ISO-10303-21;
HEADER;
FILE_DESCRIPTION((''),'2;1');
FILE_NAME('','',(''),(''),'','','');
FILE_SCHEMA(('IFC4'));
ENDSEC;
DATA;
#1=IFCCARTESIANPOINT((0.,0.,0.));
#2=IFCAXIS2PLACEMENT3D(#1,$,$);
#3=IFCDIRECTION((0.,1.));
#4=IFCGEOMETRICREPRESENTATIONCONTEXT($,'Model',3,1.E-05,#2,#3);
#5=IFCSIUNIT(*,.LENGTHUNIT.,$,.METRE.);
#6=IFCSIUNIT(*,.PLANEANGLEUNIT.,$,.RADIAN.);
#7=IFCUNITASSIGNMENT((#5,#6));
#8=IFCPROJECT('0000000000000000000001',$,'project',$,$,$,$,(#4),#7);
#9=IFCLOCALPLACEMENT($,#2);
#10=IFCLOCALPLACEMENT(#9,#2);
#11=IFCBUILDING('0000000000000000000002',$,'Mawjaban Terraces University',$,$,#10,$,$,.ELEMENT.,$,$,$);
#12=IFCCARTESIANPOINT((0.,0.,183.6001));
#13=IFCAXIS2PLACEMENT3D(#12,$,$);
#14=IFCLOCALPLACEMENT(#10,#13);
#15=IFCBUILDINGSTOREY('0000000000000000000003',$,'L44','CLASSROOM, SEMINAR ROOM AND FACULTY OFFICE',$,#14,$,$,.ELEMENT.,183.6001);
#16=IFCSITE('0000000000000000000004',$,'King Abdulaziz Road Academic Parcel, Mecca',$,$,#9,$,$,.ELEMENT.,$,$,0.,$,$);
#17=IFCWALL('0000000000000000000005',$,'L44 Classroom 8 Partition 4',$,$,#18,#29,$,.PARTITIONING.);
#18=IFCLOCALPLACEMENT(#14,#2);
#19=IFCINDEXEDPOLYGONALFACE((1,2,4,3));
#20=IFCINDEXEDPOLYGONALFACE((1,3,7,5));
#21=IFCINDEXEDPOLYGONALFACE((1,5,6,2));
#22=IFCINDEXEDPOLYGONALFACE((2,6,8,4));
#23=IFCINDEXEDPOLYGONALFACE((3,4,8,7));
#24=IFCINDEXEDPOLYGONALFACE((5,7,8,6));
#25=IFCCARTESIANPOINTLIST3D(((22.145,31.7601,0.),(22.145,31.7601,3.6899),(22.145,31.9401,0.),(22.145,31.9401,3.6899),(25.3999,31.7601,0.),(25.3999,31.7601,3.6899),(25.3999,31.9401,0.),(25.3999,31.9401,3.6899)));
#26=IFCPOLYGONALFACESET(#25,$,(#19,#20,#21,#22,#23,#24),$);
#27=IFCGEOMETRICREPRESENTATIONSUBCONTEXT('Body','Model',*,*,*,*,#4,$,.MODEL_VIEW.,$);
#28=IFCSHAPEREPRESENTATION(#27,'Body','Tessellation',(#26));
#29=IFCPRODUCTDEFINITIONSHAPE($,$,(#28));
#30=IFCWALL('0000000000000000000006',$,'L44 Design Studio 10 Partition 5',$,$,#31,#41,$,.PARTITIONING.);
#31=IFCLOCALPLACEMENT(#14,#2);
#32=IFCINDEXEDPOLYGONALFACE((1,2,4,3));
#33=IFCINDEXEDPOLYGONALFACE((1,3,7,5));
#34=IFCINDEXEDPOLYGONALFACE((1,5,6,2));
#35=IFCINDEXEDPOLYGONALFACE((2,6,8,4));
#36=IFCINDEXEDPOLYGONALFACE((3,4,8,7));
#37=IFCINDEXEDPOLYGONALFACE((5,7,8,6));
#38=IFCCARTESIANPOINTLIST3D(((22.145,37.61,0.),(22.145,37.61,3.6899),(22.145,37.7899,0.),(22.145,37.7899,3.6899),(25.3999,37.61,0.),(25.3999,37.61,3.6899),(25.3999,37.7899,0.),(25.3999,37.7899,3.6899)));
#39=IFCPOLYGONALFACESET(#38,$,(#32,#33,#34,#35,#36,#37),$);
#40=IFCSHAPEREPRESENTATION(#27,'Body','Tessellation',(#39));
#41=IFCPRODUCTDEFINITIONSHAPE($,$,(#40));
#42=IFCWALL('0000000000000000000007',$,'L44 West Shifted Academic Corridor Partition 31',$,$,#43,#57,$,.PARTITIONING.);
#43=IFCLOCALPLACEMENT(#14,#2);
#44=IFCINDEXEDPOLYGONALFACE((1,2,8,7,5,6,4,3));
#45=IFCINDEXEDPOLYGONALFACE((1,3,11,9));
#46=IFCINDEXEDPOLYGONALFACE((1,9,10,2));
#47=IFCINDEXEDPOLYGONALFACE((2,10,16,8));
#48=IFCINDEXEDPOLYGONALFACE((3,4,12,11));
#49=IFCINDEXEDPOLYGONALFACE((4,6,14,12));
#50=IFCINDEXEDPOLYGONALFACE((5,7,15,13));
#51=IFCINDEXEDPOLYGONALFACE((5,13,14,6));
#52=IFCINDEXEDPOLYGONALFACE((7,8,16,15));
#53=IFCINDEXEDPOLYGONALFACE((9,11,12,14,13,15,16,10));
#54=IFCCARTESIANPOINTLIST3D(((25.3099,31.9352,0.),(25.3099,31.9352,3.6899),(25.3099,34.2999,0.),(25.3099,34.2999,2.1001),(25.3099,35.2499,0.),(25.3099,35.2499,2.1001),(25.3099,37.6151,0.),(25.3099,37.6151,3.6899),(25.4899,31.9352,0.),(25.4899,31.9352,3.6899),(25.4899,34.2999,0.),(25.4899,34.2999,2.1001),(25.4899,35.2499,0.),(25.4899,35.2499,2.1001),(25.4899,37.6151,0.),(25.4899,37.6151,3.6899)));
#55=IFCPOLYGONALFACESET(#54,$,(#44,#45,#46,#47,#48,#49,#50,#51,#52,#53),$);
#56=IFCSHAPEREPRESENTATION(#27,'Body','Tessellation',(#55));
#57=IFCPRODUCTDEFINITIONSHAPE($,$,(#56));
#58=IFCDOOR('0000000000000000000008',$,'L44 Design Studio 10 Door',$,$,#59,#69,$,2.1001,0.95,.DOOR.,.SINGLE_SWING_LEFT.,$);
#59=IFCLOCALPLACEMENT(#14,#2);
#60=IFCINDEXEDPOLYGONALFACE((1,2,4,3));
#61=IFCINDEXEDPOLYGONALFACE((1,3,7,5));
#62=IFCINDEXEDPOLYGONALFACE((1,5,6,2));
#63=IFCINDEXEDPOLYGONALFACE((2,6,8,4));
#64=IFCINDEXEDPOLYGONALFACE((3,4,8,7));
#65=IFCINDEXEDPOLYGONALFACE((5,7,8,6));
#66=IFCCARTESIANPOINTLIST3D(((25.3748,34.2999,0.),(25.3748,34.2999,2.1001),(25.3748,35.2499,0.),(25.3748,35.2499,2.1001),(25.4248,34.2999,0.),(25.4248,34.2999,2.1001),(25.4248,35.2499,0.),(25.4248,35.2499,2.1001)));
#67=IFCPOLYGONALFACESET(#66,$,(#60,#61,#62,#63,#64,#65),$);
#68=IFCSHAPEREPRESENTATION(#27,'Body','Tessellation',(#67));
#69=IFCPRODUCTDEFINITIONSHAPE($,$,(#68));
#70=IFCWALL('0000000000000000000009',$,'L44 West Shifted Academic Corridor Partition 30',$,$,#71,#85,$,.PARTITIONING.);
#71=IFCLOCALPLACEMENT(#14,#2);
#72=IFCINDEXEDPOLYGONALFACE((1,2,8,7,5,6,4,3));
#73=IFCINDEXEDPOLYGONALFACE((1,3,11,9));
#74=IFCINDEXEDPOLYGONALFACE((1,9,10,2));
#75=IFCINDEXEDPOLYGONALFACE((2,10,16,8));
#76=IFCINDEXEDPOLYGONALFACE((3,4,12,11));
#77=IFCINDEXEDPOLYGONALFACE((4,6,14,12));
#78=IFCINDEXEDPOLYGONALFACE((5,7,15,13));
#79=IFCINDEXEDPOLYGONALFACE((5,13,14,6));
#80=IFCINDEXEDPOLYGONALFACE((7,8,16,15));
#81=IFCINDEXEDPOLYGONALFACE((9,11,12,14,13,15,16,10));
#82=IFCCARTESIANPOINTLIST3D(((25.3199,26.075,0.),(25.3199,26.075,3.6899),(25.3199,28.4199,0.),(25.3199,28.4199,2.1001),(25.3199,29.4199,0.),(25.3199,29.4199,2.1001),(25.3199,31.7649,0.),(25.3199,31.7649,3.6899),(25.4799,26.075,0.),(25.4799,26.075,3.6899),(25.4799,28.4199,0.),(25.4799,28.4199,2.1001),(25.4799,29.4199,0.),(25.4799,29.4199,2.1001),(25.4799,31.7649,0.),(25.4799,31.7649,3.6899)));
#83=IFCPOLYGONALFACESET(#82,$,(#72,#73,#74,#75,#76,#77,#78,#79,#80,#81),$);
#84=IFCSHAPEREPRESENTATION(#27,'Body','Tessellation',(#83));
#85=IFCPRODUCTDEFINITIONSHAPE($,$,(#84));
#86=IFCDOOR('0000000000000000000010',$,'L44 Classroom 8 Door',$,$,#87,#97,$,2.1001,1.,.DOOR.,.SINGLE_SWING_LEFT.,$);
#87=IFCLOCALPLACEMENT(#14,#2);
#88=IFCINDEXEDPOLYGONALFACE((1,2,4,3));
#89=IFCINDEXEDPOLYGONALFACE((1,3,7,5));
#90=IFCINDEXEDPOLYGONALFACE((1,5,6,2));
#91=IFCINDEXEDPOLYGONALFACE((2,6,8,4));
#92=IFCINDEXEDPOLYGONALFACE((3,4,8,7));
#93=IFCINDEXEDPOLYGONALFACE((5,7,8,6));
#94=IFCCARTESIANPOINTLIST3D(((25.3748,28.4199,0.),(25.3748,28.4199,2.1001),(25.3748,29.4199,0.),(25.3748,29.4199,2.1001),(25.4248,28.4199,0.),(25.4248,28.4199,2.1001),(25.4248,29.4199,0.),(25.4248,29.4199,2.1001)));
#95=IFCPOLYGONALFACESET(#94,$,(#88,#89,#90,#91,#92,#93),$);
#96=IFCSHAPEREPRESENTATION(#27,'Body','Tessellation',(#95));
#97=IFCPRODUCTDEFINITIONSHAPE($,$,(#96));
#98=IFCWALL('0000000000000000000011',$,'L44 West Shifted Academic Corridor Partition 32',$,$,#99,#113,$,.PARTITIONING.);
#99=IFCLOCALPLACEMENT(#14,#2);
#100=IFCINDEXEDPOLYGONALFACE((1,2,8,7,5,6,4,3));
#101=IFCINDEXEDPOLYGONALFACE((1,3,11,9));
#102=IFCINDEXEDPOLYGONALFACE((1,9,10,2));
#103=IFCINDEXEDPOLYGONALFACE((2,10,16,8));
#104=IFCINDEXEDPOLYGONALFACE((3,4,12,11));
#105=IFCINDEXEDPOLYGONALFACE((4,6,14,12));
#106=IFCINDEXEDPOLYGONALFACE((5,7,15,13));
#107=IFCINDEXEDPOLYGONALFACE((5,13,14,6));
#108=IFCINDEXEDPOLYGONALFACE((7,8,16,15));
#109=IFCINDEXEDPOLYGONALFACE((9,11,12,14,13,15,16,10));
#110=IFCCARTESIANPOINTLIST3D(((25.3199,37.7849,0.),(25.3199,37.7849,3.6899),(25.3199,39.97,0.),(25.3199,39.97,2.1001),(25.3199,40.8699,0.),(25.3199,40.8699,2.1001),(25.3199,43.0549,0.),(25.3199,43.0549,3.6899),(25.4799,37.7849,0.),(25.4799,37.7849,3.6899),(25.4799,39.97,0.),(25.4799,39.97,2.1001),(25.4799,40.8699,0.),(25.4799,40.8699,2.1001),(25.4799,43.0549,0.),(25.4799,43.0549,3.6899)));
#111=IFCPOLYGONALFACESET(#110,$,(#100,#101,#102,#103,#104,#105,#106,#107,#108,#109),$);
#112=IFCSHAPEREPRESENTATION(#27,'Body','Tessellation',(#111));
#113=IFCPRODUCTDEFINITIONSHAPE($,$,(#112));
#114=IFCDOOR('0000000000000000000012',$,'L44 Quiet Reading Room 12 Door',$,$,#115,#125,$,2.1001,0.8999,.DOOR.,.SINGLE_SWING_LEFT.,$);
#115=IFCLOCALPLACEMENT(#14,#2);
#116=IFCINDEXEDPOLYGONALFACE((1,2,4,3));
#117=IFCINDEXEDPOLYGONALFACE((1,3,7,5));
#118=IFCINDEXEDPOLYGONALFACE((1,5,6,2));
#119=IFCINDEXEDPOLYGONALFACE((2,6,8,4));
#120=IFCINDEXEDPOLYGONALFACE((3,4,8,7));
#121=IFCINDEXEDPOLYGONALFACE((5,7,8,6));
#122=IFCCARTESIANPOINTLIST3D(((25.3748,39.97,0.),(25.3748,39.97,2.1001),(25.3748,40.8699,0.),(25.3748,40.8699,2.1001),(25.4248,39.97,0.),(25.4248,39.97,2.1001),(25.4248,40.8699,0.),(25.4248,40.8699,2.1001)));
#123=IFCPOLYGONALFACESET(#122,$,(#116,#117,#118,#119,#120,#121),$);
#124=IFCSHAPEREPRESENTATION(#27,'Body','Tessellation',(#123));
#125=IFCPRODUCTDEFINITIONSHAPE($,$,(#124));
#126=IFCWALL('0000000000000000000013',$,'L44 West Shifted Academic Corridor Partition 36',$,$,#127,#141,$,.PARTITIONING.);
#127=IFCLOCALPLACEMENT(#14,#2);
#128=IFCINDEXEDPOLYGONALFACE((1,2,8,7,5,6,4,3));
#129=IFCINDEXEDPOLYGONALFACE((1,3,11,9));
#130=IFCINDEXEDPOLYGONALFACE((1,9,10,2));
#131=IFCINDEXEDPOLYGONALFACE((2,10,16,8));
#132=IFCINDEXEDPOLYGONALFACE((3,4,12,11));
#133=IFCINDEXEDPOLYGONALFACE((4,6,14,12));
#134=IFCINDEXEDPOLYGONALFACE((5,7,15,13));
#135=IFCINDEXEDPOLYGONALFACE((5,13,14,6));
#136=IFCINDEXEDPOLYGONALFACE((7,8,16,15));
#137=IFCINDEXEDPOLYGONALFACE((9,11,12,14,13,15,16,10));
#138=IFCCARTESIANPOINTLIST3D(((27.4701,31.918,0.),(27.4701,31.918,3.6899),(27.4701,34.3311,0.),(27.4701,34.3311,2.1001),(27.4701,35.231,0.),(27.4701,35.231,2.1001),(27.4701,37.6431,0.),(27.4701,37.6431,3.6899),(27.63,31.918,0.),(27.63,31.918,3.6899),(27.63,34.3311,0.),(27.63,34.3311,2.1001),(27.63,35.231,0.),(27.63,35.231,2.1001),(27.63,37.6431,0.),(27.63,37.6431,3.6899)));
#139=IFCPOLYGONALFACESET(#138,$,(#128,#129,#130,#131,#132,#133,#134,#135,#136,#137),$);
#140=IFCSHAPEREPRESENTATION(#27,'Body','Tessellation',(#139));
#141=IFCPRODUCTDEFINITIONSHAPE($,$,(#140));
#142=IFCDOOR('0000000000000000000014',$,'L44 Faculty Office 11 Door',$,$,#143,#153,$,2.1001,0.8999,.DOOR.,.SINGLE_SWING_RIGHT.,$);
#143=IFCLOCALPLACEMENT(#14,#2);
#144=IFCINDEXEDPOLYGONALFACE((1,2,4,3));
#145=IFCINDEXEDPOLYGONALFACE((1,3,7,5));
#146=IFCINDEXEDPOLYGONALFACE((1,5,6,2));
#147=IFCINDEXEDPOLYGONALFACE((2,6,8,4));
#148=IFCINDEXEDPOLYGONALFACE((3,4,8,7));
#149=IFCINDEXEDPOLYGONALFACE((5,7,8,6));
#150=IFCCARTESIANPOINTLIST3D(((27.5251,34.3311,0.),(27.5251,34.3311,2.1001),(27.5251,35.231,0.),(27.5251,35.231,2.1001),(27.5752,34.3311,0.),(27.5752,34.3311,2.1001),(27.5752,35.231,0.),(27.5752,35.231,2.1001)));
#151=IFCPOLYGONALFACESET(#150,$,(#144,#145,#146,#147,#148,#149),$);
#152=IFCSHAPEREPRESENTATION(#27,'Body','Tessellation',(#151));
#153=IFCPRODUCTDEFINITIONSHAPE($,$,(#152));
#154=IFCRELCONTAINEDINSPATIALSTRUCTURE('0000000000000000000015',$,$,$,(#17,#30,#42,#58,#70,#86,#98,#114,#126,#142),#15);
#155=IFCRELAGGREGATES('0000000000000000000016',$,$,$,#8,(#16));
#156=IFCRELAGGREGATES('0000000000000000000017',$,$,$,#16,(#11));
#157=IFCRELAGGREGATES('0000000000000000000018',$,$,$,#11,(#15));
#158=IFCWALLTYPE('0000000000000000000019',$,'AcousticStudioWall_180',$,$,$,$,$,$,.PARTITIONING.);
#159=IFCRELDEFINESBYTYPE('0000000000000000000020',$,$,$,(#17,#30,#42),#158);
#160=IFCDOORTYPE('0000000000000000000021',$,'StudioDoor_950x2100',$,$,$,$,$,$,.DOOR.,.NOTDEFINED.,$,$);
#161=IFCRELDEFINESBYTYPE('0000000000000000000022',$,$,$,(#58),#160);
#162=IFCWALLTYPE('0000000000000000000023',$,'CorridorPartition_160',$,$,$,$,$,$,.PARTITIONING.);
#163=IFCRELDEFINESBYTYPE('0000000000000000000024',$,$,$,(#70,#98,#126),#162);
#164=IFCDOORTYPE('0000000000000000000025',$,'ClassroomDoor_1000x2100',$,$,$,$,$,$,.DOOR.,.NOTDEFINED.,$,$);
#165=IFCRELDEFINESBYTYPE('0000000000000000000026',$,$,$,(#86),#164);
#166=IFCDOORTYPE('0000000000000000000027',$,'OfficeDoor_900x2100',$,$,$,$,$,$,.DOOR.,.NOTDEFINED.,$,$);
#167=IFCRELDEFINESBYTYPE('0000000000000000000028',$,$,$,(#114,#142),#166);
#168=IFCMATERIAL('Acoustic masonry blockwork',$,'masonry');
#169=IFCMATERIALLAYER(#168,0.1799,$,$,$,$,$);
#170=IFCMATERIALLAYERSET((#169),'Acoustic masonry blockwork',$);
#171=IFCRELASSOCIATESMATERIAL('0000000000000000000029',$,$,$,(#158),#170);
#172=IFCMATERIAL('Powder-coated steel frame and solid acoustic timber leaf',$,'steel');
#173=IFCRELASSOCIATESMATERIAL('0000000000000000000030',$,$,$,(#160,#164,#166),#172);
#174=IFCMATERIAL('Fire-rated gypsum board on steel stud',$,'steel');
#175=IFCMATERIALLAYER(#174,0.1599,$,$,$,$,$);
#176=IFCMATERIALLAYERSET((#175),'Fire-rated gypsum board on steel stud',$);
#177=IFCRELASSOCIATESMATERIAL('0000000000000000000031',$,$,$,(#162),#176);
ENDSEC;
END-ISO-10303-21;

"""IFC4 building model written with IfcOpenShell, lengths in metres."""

from ifc_helpers import new_model, si_unit, direction, frame, frame_2d, origin, place, context, subcontext, project, spatial, rectangle, extrude, material, layer, layer_set, type_object, element, fill, save


model = new_model("IFC4")

# Units and contexts
model_context = context("Model", 3, precision=1e-05, world=origin(), true_north=direction((0.0, 1.0)))
body_context = subcontext(model_context, "Body", "Model", "MODEL_VIEW")
ifc_project = project(units=[si_unit("LENGTHUNIT", "METRE"), si_unit("PLANEANGLEUNIT", "RADIAN")], contexts=[model_context])

# Site, building, storey
site_placement = place(None, origin())
site = spatial("IfcSite", under=ifc_project, at=site_placement, Name="King Abdulaziz Road Academic Parcel, Mecca", CompositionType="ELEMENT", RefElevation=0.0)
building_placement = place(site_placement, origin())
building = spatial("IfcBuilding", under=site, at=building_placement, Name="Mawjaban Terraces University", CompositionType="ELEMENT")
storey_placement = place(building_placement, frame((0.0, 0.0, 183.6001)))
storey = spatial("IfcBuildingStorey", under=building, at=storey_placement, Name="L44", Description="CLASSROOM, SEMINAR ROOM AND FACULTY OFFICE", CompositionType="ELEMENT", Elevation=183.6001)

# Walls
ifc_material_1 = material(Name="Acoustic masonry blockwork", Category="masonry")
ifc_layer_1 = layer(ifc_material_1, 0.1799)
ifc_layer_set_1 = layer_set([ifc_layer_1], Name="Acoustic masonry blockwork")
wall_type_1 = type_object("IfcWallType", Name="AcousticStudioWall_180", PredefinedType="PARTITIONING", material=ifc_layer_set_1)
for number, where, z_axis, x_axis, name in (
    (1, (25.3999, 31.8501, 0.0), (0.0, 0.0, 1.0), (-1.0, 0.0, 0.0), "L44 Classroom 8 Partition 4"),
    (2, (25.3999, 37.7, 0.0), (0.0, 0.0, 1.0), (-1.0, 0.0, 0.0), "L44 Design Studio 10 Partition 5"),
):
    element("IfcWall", number, at=place(storey_placement, frame(where, z_axis=z_axis, x_axis=x_axis)), inside=storey, type_object=wall_type_1, Name=name, PredefinedType="PARTITIONING", context=body_context, shape_type="SweptSolid", body=[
        extrude(rectangle(XDim=3.2549, YDim=0.1799, at=frame_2d((1.6274, 0.0))), origin(), (0.0, 0.0, 1.0), 3.6899),
    ])

# Walls, openings, doors
wall_1_placement = place(storey_placement, frame((25.3999, 37.615, 0.0), z_axis=(0.0, 0.0, 1.0), x_axis=(0.0, -1.0, 0.0)))
wall_1 = element("IfcWall", 3, at=wall_1_placement, inside=storey, type_object=wall_type_1, Name="L44 West Shifted Academic Corridor Partition 31", PredefinedType="PARTITIONING", context=body_context, shape_type="SweptSolid", body=[
    extrude(rectangle(XDim=5.6799, YDim=0.1799, at=frame_2d((2.8398, 0.0))), origin(), (0.0, 0.0, 1.0), 3.6899),
])
opening_1_placement = place(wall_1_placement, frame((2.365, 0.0, 0.0)))
opening_1 = element("IfcOpeningElement", 4, at=opening_1_placement, cuts=wall_1, PredefinedType="OPENING", context=body_context, shape_type="SweptSolid", body=[
    extrude(rectangle(XDim=0.95, YDim=2.1001, at=frame_2d((0.4751, 1.05))), frame((0.0, 0.0999, 0.0), z_axis=(0.0, -1.0, 0.0), x_axis=(1.0, 0.0, 0.0)), (0.0, 0.0, 1.0), 0.2),
])
ifc_material_2 = material(Name="Powder-coated steel frame and solid acoustic timber leaf", Category="steel")
door_type_1 = type_object("IfcDoorType", Name="StudioDoor_950x2100", OperationType="NOTDEFINED", PredefinedType="DOOR", material=ifc_material_2)
door_1_placement = place(opening_1_placement, origin())
door_1 = element("IfcDoor", 5, at=door_1_placement, inside=storey, type_object=door_type_1, Name="L44 Design Studio 10 Door", OperationType="SINGLE_SWING_LEFT", OverallHeight=2.1001, OverallWidth=0.95, PredefinedType="DOOR", context=body_context, shape_type="SweptSolid", body=[
    extrude(rectangle(XDim=0.95, YDim=2.1001, at=frame_2d((0.4751, 1.05))), frame((0.0, 0.0249, 0.0), z_axis=(0.0, -1.0, 0.0), x_axis=(1.0, 0.0, 0.0)), (0.0, 0.0, 1.0), 0.05),
])
fill(opening_1, door_1)
ifc_material_3 = material(Name="Fire-rated gypsum board on steel stud", Category="steel")
ifc_layer_2 = layer(ifc_material_3, 0.1599)
ifc_layer_set_2 = layer_set([ifc_layer_2], Name="Fire-rated gypsum board on steel stud")
wall_type_2 = type_object("IfcWallType", Name="CorridorPartition_160", PredefinedType="PARTITIONING", material=ifc_layer_set_2)
wall_2_placement = place(storey_placement, frame((25.3999, 31.7649, 0.0), z_axis=(0.0, 0.0, 1.0), x_axis=(0.0, -1.0, 0.0)))
wall_2 = element("IfcWall", 6, at=wall_2_placement, inside=storey, type_object=wall_type_2, Name="L44 West Shifted Academic Corridor Partition 30", PredefinedType="PARTITIONING", context=body_context, shape_type="SweptSolid", body=[
    extrude(rectangle(XDim=5.6899, YDim=0.1599, at=frame_2d((2.845, 0.0))), origin(), (0.0, 0.0, 1.0), 3.6899),
])
opening_2_placement = place(wall_2_placement, frame((2.345, 0.0, 0.0)))
opening_2 = element("IfcOpeningElement", 7, at=opening_2_placement, cuts=wall_2, PredefinedType="OPENING", context=body_context, shape_type="SweptSolid", body=[
    extrude(rectangle(XDim=1.0, YDim=2.1001, at=frame_2d((0.5, 1.05))), frame((0.0, 0.0898, 0.0), z_axis=(0.0, -1.0, 0.0), x_axis=(1.0, 0.0, 0.0)), (0.0, 0.0, 1.0), 0.1799),
])
door_type_2 = type_object("IfcDoorType", Name="ClassroomDoor_1000x2100", OperationType="NOTDEFINED", PredefinedType="DOOR", material=ifc_material_2)
door_2_placement = place(opening_2_placement, origin())
door_2 = element("IfcDoor", 8, at=door_2_placement, inside=storey, type_object=door_type_2, Name="L44 Classroom 8 Door", OperationType="SINGLE_SWING_LEFT", OverallHeight=2.1001, OverallWidth=1.0, PredefinedType="DOOR", context=body_context, shape_type="SweptSolid", body=[
    extrude(rectangle(XDim=1.0, YDim=2.1001, at=frame_2d((0.5, 1.05))), frame((0.0, 0.0249, 0.0), z_axis=(0.0, -1.0, 0.0), x_axis=(1.0, 0.0, 0.0)), (0.0, 0.0, 1.0), 0.05),
])
fill(opening_2, door_2)
wall_3_placement = place(storey_placement, frame((25.3999, 43.0549, 0.0), z_axis=(0.0, 0.0, 1.0), x_axis=(0.0, -1.0, 0.0)))
wall_3 = element("IfcWall", 9, at=wall_3_placement, inside=storey, type_object=wall_type_2, Name="L44 West Shifted Academic Corridor Partition 32", PredefinedType="PARTITIONING", context=body_context, shape_type="SweptSolid", body=[
    extrude(rectangle(XDim=5.27, YDim=0.1599, at=frame_2d((2.635, 0.0))), origin(), (0.0, 0.0, 1.0), 3.6899),
])
opening_3_placement = place(wall_3_placement, frame((2.1851, 0.0, 0.0)))
opening_3 = element("IfcOpeningElement", 10, at=opening_3_placement, cuts=wall_3, PredefinedType="OPENING", context=body_context, shape_type="SweptSolid", body=[
    extrude(rectangle(XDim=0.8999, YDim=2.1001, at=frame_2d((0.45, 1.05))), frame((0.0, 0.0898, 0.0), z_axis=(0.0, -1.0, 0.0), x_axis=(1.0, 0.0, 0.0)), (0.0, 0.0, 1.0), 0.1799),
])
door_type_3 = type_object("IfcDoorType", Name="OfficeDoor_900x2100", OperationType="NOTDEFINED", PredefinedType="DOOR", material=ifc_material_2)
door_3_placement = place(opening_3_placement, origin())
door_3 = element("IfcDoor", 11, at=door_3_placement, inside=storey, type_object=door_type_3, Name="L44 Quiet Reading Room 12 Door", OperationType="SINGLE_SWING_LEFT", OverallHeight=2.1001, OverallWidth=0.8999, PredefinedType="DOOR", context=body_context, shape_type="SweptSolid", body=[
    extrude(rectangle(XDim=0.8999, YDim=2.1001, at=frame_2d((0.45, 1.05))), frame((0.0, 0.0249, 0.0), z_axis=(0.0, -1.0, 0.0), x_axis=(1.0, 0.0, 0.0)), (0.0, 0.0, 1.0), 0.05),
])
fill(opening_3, door_3)
wall_4_placement = place(storey_placement, frame((27.55, 31.918, 0.0), z_axis=(0.0, 0.0, 1.0), x_axis=(0.0, 1.0, 0.0)))
wall_4 = element("IfcWall", 12, at=wall_4_placement, inside=storey, type_object=wall_type_2, Name="L44 West Shifted Academic Corridor Partition 36", PredefinedType="PARTITIONING", context=body_context, shape_type="SweptSolid", body=[
    extrude(rectangle(XDim=5.7251, YDim=0.1599, at=frame_2d((2.8625, 0.0))), origin(), (0.0, 0.0, 1.0), 3.6899),
])
opening_4_placement = place(wall_4_placement, frame((2.4131, 0.0, 0.0)))
opening_4 = element("IfcOpeningElement", 13, at=opening_4_placement, cuts=wall_4, PredefinedType="OPENING", context=body_context, shape_type="SweptSolid", body=[
    extrude(rectangle(XDim=0.8999, YDim=2.1001, at=frame_2d((0.45, 1.05))), frame((0.0, 0.0898, 0.0), z_axis=(0.0, -1.0, 0.0), x_axis=(1.0, 0.0, 0.0)), (0.0, 0.0, 1.0), 0.1799),
])
door_4_placement = place(opening_4_placement, origin())
door_4 = element("IfcDoor", 14, at=door_4_placement, inside=storey, type_object=door_type_3, Name="L44 Faculty Office 11 Door", OperationType="SINGLE_SWING_RIGHT", OverallHeight=2.1001, OverallWidth=0.8999, PredefinedType="DOOR", context=body_context, shape_type="SweptSolid", body=[
    extrude(rectangle(XDim=0.8999, YDim=2.1001, at=frame_2d((0.45, 1.05))), frame((0.0, 0.0249, 0.0), z_axis=(0.0, -1.0, 0.0), x_axis=(1.0, 0.0, 0.0)), (0.0, 0.0, 1.0), 0.05),
])
fill(opening_4, door_4)

save(model, "model.ifc")
